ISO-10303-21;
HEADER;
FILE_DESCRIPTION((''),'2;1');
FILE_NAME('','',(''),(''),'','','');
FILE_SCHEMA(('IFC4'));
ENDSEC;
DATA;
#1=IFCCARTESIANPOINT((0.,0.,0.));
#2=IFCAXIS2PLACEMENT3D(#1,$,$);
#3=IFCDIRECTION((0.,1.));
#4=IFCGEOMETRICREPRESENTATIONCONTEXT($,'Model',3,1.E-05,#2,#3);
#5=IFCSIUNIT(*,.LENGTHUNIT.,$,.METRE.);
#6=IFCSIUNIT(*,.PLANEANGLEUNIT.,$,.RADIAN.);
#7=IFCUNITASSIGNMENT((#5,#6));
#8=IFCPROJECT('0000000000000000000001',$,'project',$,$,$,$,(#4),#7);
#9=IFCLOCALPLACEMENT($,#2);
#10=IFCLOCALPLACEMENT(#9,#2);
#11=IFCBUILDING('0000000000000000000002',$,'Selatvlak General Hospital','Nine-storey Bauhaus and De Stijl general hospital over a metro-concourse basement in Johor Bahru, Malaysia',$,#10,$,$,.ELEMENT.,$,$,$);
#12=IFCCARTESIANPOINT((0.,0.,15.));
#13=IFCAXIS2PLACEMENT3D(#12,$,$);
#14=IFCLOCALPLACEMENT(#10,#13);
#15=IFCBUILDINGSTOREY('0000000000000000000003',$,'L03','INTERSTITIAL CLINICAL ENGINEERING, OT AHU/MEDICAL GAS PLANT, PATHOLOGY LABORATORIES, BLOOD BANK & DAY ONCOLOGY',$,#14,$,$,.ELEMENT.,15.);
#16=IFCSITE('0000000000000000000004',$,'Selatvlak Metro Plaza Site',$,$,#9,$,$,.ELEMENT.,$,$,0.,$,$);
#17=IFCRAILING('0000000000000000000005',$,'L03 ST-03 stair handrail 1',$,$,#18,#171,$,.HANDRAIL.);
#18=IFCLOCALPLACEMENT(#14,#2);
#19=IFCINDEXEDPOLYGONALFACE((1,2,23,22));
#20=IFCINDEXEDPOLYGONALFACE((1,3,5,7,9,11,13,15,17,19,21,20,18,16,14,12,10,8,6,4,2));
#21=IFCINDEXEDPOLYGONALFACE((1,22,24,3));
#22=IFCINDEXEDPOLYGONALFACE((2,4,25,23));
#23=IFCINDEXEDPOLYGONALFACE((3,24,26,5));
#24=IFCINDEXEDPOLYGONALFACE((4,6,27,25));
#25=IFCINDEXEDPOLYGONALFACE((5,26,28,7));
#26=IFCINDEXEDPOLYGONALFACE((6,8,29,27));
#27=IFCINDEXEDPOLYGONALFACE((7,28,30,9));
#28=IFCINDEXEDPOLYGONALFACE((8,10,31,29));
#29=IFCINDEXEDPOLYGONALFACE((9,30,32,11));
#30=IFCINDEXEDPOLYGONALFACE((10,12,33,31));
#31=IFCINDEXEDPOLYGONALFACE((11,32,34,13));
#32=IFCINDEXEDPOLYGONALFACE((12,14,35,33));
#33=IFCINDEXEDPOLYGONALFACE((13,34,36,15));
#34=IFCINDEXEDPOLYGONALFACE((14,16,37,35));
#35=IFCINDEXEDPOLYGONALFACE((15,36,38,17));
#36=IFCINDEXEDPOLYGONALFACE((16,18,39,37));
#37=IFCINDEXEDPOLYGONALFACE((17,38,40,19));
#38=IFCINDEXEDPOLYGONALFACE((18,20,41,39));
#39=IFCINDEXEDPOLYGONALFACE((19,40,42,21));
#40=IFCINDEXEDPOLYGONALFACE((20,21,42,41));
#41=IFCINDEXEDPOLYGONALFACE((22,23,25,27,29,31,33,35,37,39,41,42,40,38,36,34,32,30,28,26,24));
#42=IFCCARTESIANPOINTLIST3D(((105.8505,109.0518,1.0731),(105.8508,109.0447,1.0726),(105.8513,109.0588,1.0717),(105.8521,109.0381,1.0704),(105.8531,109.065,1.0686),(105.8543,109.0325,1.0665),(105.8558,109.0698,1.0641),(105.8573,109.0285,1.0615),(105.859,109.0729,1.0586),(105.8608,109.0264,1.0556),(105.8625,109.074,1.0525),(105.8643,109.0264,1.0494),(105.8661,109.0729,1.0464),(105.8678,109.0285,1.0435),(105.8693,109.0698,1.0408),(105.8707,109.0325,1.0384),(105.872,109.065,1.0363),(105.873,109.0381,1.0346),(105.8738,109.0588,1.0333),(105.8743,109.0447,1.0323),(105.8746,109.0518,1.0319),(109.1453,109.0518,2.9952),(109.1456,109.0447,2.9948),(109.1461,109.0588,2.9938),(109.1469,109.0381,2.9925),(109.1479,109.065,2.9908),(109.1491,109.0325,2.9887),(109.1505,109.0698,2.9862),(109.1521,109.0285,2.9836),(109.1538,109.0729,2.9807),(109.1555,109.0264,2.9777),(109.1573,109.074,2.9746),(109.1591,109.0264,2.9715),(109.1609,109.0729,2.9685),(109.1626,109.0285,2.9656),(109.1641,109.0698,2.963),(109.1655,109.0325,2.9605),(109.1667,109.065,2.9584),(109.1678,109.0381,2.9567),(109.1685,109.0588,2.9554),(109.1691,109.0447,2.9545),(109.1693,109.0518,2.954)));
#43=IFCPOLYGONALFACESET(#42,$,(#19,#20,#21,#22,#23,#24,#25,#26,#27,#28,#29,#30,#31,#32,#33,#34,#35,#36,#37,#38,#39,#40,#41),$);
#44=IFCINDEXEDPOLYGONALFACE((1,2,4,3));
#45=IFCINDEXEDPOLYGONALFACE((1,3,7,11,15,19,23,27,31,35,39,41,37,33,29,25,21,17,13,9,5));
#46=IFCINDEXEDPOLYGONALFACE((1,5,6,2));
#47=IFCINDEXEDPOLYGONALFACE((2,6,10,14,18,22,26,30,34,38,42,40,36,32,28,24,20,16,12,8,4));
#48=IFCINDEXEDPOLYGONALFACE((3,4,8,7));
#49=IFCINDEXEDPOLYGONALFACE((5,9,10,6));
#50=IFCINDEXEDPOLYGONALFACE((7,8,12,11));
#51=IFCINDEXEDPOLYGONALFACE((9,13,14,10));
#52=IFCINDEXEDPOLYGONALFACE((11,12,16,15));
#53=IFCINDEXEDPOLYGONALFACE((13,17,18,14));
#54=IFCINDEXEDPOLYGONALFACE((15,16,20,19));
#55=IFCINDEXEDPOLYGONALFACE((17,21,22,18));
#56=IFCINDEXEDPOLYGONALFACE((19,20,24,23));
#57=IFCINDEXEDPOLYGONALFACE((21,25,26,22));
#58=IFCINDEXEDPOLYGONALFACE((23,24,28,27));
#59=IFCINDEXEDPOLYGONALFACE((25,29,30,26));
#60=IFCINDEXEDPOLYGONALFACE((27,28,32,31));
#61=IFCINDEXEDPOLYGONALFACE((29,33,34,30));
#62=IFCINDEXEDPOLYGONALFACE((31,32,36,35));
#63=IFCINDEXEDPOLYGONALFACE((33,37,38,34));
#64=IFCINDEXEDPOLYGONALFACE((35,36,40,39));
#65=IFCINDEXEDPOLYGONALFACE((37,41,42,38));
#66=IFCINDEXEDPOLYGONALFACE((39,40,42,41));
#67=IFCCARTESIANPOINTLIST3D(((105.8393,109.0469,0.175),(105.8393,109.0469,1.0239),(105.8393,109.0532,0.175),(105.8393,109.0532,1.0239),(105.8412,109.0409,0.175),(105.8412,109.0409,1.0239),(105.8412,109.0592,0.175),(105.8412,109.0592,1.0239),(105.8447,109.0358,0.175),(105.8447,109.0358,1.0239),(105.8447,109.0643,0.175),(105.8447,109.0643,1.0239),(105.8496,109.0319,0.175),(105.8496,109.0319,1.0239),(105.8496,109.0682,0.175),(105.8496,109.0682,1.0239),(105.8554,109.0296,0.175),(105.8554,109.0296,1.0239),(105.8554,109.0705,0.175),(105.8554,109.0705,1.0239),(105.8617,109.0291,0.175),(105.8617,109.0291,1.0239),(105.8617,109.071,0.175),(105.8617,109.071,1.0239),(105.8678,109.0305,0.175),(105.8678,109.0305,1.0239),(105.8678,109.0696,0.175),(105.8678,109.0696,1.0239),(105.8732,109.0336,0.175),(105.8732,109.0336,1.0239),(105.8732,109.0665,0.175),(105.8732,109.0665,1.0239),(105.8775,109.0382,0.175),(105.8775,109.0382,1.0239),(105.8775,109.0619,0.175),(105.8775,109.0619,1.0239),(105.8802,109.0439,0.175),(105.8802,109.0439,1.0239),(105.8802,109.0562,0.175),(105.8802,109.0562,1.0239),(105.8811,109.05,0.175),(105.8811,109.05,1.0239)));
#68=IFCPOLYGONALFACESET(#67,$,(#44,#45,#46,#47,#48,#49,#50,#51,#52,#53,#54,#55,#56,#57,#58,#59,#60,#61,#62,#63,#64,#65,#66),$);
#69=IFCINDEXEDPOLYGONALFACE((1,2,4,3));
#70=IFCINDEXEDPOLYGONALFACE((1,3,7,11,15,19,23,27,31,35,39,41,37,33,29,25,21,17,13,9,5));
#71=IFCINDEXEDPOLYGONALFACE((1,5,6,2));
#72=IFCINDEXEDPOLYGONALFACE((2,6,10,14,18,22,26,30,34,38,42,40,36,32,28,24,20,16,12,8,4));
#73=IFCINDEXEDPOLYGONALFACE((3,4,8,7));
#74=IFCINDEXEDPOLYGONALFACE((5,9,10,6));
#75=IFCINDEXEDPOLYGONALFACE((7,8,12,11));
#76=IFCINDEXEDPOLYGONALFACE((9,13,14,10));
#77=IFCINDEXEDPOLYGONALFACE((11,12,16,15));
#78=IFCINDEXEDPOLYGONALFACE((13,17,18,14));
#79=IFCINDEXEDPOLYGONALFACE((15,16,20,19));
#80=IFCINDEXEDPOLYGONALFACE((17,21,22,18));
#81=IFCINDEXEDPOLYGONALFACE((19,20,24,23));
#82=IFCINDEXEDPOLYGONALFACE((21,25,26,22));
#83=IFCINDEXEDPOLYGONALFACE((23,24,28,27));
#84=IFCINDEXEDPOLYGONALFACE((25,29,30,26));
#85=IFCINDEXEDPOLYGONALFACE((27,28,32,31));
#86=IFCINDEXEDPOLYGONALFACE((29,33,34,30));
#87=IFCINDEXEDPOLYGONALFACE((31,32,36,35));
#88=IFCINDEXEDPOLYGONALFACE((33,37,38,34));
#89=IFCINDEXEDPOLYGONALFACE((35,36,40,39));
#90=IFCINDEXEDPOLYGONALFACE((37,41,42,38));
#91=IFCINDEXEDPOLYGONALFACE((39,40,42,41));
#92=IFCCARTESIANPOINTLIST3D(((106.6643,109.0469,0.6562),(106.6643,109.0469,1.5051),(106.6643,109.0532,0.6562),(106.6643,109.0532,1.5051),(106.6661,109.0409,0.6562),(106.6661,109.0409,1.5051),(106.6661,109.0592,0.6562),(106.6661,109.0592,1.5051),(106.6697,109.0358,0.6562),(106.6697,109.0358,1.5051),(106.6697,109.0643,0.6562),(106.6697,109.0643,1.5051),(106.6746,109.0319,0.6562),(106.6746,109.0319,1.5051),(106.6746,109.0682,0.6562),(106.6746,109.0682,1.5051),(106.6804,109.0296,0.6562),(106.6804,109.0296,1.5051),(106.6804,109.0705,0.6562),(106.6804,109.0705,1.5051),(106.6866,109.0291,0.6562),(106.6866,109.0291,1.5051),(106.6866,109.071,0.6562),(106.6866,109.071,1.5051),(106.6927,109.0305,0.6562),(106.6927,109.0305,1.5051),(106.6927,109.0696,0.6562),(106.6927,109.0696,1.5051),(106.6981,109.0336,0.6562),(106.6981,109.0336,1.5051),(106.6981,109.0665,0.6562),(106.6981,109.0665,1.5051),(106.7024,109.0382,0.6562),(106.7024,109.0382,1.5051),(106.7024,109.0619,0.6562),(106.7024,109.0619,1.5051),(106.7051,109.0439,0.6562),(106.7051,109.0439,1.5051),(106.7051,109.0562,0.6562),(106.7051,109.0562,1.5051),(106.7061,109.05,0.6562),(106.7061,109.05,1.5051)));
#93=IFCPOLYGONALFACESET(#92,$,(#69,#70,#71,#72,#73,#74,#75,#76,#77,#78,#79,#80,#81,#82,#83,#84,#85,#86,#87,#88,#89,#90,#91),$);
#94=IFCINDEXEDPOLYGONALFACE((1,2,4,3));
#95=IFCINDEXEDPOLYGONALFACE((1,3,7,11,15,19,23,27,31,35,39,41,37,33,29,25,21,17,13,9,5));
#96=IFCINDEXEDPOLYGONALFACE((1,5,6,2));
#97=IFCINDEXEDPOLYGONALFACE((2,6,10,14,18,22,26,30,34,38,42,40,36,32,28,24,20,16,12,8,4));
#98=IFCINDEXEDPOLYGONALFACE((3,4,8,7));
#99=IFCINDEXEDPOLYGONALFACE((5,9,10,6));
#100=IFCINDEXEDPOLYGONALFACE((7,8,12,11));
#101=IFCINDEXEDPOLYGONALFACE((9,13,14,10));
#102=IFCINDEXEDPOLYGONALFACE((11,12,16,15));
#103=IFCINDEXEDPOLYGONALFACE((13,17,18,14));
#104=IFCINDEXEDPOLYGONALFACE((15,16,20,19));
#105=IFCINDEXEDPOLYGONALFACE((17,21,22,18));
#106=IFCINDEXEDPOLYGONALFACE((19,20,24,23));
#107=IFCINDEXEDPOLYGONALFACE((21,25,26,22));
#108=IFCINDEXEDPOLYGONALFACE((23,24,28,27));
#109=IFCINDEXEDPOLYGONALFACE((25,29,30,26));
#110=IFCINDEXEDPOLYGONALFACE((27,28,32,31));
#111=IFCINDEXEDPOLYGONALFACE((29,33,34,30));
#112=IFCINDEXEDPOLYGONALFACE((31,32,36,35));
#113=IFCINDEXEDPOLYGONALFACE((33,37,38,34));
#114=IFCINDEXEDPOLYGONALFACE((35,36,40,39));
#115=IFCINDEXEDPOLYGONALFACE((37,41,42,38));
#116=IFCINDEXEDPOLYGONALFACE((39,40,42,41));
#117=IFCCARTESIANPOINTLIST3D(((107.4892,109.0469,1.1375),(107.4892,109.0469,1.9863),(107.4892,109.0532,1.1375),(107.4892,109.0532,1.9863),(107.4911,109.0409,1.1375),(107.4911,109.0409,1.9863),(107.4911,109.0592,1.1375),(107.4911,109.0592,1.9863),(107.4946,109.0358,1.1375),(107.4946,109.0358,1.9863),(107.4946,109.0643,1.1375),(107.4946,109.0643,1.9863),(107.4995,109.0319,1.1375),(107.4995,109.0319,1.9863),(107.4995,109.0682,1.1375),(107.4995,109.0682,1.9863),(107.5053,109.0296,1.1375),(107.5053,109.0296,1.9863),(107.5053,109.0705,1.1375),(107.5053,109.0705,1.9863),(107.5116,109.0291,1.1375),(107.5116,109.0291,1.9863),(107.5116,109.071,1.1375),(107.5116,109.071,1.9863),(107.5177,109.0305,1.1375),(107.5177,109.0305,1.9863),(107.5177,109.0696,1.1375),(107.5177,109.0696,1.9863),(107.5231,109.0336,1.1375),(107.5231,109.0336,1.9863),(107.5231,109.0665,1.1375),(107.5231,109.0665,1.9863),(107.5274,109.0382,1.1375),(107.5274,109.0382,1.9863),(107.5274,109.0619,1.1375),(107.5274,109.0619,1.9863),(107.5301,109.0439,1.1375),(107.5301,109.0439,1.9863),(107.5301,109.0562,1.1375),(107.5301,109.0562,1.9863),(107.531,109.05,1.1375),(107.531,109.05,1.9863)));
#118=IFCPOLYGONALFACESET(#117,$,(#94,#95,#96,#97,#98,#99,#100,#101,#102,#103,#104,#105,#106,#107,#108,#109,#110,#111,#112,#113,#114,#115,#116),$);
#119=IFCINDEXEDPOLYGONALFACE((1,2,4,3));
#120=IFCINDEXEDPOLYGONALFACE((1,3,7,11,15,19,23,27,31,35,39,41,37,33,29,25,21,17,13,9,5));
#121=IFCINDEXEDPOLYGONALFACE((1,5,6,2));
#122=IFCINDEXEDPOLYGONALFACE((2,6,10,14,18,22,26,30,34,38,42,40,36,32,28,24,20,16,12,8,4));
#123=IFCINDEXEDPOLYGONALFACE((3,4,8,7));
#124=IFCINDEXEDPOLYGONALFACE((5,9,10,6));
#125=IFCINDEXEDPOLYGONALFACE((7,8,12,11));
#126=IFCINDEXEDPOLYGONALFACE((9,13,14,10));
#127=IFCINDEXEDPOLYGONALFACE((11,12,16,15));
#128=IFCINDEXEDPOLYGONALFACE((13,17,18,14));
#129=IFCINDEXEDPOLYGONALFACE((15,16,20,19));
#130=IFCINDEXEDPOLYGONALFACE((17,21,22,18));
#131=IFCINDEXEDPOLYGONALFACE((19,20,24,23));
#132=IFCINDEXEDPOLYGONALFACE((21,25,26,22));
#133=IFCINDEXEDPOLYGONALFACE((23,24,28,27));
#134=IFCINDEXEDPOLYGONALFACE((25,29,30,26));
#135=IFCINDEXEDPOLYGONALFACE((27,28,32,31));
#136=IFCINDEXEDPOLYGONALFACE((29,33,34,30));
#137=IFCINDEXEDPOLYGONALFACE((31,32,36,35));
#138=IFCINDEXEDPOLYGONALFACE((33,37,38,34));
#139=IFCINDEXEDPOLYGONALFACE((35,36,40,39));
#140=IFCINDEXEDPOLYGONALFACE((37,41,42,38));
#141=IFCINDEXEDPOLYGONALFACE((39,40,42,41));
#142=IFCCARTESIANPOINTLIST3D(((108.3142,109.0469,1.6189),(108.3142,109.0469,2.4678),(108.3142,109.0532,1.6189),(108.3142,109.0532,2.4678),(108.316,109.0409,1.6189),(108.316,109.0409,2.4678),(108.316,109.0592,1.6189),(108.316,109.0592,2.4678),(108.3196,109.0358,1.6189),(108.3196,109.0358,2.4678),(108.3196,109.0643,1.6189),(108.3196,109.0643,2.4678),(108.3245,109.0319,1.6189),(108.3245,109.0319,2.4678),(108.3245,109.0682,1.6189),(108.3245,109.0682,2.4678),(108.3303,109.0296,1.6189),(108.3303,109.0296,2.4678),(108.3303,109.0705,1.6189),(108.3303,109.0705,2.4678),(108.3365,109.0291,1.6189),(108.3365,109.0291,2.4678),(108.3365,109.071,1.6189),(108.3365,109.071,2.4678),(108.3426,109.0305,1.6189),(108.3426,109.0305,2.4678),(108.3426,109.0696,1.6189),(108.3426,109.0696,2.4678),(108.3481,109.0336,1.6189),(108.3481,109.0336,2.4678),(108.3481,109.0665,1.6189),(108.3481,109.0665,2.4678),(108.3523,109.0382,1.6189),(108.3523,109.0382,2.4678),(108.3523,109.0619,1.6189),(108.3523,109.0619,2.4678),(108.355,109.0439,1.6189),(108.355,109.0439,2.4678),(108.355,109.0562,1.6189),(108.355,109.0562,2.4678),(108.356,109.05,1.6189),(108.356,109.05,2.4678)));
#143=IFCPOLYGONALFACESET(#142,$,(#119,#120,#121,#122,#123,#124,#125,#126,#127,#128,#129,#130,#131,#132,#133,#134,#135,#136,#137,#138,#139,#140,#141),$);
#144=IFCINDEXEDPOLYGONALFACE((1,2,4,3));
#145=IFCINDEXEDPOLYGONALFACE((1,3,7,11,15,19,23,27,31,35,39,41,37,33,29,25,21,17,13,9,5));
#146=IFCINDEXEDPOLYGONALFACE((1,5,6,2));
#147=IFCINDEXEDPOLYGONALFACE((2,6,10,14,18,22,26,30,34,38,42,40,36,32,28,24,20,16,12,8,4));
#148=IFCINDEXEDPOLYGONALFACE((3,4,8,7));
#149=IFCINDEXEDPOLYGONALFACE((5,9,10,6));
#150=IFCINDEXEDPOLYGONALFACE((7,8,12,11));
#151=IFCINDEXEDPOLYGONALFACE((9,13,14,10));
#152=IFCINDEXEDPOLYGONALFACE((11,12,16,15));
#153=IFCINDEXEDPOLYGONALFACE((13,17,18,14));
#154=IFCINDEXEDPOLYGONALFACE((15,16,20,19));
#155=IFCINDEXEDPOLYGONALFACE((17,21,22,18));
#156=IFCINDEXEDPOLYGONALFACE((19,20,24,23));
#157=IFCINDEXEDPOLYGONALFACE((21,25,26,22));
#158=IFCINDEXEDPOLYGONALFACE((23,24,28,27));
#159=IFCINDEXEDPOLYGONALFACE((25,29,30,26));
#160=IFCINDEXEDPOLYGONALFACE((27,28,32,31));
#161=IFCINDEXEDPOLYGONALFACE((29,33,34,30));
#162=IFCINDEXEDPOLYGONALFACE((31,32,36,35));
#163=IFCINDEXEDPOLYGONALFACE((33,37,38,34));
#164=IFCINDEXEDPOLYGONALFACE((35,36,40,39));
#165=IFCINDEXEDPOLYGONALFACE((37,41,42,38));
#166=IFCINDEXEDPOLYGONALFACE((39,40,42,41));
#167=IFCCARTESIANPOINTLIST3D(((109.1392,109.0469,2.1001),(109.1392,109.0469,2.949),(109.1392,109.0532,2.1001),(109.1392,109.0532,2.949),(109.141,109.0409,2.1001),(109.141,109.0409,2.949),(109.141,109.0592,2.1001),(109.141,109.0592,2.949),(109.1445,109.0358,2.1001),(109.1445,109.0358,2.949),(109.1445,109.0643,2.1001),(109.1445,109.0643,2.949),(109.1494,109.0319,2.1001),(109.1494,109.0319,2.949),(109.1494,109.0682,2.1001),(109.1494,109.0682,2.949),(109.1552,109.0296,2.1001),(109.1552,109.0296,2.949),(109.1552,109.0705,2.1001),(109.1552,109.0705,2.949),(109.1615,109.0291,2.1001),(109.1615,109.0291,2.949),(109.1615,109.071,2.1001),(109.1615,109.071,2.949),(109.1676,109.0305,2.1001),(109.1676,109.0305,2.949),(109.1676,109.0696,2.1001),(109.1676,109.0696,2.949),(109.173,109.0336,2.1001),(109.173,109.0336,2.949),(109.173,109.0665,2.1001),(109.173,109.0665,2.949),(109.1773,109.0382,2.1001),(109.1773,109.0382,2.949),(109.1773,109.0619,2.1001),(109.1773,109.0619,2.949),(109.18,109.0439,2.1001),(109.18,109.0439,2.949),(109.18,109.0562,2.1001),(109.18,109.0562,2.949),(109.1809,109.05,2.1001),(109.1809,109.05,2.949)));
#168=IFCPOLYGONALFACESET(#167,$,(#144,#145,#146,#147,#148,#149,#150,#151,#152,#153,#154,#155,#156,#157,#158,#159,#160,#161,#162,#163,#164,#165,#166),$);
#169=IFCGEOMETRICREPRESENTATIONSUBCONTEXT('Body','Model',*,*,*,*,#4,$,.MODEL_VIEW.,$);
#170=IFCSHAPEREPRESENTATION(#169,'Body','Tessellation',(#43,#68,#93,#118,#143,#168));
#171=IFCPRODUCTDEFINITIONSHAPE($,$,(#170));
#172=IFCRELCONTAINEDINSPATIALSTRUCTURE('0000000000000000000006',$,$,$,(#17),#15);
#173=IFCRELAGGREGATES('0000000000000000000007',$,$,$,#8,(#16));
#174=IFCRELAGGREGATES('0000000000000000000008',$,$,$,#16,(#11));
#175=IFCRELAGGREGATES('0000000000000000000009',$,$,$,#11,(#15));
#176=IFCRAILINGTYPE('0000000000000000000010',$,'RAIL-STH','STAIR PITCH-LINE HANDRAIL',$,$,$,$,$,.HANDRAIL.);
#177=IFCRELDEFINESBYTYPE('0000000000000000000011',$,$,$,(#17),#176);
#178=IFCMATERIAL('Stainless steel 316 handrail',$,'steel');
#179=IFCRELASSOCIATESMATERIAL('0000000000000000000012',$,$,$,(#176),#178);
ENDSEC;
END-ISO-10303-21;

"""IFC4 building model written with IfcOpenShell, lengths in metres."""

from ifc_helpers import new_model, si_unit, direction, frame, origin, origin_2d, place, context, subcontext, project, spatial, circle, extrude, material, type_object, element, save


model = new_model("IFC4")

# Units and contexts
model_context = context("Model", 3, precision=1e-05, world=origin(), true_north=direction((0.0, 1.0)))
body_context = subcontext(model_context, "Body", "Model", "MODEL_VIEW")
ifc_project = project(units=[si_unit("LENGTHUNIT", "METRE"), si_unit("PLANEANGLEUNIT", "RADIAN")], contexts=[model_context])

# Site, building, storey
site_placement = place(None, origin())
site = spatial("IfcSite", under=ifc_project, at=site_placement, Name="Selatvlak Metro Plaza Site", CompositionType="ELEMENT", RefElevation=0.0)
building_placement = place(site_placement, origin())
building = spatial("IfcBuilding", under=site, at=building_placement, Name="Selatvlak General Hospital", Description="Nine-storey Bauhaus and De Stijl general hospital over a metro-concourse basement in Johor Bahru, Malaysia", CompositionType="ELEMENT")
storey_placement = place(building_placement, frame((0.0, 0.0, 15.0)))
storey = spatial("IfcBuildingStorey", under=building, at=storey_placement, Name="L03", Description="INTERSTITIAL CLINICAL ENGINEERING, OT AHU/MEDICAL GAS PLANT, PATHOLOGY LABORATORIES, BLOOD BANK & DAY ONCOLOGY", CompositionType="ELEMENT", Elevation=15.0)

# Railing
ifc_material_1 = material(Name="Stainless steel 316 handrail", Category="steel")
railing_type_1 = type_object("IfcRailingType", Name="RAIL-STH", Description="STAIR PITCH-LINE HANDRAIL", PredefinedType="HANDRAIL", material=ifc_material_1)
railing_1_placement = place(storey_placement, frame((105.8601, 109.05, 0.175)))
element("IfcRailing", 1, at=railing_1_placement, inside=storey, type_object=railing_type_1, Name="L03 ST-03 stair handrail 1", PredefinedType="HANDRAIL", context=body_context, shape_type="SweptSolid", body=[
    extrude(circle(Radius=0.0239, at=origin_2d()), frame((0.0024, 0.0, 0.8774), z_axis=(0.86376, 0.0, 0.503903), x_axis=(0.0, 1.0, 0.0)), (0.0, 0.0, 1.0), 3.8145),
    extrude(circle(Radius=0.021, at=origin_2d()), origin(), (0.0, 0.0, 1.0), 0.8489),
    extrude(circle(Radius=0.021, at=origin_2d()), frame((0.825, 0.0, 0.4812)), (0.0, 0.0, 1.0), 0.8489),
    extrude(circle(Radius=0.021, at=origin_2d()), frame((1.6499, 0.0, 0.9624)), (0.0, 0.0, 1.0), 0.8489),
    extrude(circle(Radius=0.021, at=origin_2d()), frame((2.4749, 0.0, 1.4438)), (0.0, 0.0, 1.0), 0.8489),
    extrude(circle(Radius=0.021, at=origin_2d()), frame((3.2998, 0.0, 1.925)), (0.0, 0.0, 1.0), 0.8489),
])

save(model, "model.ifc")
